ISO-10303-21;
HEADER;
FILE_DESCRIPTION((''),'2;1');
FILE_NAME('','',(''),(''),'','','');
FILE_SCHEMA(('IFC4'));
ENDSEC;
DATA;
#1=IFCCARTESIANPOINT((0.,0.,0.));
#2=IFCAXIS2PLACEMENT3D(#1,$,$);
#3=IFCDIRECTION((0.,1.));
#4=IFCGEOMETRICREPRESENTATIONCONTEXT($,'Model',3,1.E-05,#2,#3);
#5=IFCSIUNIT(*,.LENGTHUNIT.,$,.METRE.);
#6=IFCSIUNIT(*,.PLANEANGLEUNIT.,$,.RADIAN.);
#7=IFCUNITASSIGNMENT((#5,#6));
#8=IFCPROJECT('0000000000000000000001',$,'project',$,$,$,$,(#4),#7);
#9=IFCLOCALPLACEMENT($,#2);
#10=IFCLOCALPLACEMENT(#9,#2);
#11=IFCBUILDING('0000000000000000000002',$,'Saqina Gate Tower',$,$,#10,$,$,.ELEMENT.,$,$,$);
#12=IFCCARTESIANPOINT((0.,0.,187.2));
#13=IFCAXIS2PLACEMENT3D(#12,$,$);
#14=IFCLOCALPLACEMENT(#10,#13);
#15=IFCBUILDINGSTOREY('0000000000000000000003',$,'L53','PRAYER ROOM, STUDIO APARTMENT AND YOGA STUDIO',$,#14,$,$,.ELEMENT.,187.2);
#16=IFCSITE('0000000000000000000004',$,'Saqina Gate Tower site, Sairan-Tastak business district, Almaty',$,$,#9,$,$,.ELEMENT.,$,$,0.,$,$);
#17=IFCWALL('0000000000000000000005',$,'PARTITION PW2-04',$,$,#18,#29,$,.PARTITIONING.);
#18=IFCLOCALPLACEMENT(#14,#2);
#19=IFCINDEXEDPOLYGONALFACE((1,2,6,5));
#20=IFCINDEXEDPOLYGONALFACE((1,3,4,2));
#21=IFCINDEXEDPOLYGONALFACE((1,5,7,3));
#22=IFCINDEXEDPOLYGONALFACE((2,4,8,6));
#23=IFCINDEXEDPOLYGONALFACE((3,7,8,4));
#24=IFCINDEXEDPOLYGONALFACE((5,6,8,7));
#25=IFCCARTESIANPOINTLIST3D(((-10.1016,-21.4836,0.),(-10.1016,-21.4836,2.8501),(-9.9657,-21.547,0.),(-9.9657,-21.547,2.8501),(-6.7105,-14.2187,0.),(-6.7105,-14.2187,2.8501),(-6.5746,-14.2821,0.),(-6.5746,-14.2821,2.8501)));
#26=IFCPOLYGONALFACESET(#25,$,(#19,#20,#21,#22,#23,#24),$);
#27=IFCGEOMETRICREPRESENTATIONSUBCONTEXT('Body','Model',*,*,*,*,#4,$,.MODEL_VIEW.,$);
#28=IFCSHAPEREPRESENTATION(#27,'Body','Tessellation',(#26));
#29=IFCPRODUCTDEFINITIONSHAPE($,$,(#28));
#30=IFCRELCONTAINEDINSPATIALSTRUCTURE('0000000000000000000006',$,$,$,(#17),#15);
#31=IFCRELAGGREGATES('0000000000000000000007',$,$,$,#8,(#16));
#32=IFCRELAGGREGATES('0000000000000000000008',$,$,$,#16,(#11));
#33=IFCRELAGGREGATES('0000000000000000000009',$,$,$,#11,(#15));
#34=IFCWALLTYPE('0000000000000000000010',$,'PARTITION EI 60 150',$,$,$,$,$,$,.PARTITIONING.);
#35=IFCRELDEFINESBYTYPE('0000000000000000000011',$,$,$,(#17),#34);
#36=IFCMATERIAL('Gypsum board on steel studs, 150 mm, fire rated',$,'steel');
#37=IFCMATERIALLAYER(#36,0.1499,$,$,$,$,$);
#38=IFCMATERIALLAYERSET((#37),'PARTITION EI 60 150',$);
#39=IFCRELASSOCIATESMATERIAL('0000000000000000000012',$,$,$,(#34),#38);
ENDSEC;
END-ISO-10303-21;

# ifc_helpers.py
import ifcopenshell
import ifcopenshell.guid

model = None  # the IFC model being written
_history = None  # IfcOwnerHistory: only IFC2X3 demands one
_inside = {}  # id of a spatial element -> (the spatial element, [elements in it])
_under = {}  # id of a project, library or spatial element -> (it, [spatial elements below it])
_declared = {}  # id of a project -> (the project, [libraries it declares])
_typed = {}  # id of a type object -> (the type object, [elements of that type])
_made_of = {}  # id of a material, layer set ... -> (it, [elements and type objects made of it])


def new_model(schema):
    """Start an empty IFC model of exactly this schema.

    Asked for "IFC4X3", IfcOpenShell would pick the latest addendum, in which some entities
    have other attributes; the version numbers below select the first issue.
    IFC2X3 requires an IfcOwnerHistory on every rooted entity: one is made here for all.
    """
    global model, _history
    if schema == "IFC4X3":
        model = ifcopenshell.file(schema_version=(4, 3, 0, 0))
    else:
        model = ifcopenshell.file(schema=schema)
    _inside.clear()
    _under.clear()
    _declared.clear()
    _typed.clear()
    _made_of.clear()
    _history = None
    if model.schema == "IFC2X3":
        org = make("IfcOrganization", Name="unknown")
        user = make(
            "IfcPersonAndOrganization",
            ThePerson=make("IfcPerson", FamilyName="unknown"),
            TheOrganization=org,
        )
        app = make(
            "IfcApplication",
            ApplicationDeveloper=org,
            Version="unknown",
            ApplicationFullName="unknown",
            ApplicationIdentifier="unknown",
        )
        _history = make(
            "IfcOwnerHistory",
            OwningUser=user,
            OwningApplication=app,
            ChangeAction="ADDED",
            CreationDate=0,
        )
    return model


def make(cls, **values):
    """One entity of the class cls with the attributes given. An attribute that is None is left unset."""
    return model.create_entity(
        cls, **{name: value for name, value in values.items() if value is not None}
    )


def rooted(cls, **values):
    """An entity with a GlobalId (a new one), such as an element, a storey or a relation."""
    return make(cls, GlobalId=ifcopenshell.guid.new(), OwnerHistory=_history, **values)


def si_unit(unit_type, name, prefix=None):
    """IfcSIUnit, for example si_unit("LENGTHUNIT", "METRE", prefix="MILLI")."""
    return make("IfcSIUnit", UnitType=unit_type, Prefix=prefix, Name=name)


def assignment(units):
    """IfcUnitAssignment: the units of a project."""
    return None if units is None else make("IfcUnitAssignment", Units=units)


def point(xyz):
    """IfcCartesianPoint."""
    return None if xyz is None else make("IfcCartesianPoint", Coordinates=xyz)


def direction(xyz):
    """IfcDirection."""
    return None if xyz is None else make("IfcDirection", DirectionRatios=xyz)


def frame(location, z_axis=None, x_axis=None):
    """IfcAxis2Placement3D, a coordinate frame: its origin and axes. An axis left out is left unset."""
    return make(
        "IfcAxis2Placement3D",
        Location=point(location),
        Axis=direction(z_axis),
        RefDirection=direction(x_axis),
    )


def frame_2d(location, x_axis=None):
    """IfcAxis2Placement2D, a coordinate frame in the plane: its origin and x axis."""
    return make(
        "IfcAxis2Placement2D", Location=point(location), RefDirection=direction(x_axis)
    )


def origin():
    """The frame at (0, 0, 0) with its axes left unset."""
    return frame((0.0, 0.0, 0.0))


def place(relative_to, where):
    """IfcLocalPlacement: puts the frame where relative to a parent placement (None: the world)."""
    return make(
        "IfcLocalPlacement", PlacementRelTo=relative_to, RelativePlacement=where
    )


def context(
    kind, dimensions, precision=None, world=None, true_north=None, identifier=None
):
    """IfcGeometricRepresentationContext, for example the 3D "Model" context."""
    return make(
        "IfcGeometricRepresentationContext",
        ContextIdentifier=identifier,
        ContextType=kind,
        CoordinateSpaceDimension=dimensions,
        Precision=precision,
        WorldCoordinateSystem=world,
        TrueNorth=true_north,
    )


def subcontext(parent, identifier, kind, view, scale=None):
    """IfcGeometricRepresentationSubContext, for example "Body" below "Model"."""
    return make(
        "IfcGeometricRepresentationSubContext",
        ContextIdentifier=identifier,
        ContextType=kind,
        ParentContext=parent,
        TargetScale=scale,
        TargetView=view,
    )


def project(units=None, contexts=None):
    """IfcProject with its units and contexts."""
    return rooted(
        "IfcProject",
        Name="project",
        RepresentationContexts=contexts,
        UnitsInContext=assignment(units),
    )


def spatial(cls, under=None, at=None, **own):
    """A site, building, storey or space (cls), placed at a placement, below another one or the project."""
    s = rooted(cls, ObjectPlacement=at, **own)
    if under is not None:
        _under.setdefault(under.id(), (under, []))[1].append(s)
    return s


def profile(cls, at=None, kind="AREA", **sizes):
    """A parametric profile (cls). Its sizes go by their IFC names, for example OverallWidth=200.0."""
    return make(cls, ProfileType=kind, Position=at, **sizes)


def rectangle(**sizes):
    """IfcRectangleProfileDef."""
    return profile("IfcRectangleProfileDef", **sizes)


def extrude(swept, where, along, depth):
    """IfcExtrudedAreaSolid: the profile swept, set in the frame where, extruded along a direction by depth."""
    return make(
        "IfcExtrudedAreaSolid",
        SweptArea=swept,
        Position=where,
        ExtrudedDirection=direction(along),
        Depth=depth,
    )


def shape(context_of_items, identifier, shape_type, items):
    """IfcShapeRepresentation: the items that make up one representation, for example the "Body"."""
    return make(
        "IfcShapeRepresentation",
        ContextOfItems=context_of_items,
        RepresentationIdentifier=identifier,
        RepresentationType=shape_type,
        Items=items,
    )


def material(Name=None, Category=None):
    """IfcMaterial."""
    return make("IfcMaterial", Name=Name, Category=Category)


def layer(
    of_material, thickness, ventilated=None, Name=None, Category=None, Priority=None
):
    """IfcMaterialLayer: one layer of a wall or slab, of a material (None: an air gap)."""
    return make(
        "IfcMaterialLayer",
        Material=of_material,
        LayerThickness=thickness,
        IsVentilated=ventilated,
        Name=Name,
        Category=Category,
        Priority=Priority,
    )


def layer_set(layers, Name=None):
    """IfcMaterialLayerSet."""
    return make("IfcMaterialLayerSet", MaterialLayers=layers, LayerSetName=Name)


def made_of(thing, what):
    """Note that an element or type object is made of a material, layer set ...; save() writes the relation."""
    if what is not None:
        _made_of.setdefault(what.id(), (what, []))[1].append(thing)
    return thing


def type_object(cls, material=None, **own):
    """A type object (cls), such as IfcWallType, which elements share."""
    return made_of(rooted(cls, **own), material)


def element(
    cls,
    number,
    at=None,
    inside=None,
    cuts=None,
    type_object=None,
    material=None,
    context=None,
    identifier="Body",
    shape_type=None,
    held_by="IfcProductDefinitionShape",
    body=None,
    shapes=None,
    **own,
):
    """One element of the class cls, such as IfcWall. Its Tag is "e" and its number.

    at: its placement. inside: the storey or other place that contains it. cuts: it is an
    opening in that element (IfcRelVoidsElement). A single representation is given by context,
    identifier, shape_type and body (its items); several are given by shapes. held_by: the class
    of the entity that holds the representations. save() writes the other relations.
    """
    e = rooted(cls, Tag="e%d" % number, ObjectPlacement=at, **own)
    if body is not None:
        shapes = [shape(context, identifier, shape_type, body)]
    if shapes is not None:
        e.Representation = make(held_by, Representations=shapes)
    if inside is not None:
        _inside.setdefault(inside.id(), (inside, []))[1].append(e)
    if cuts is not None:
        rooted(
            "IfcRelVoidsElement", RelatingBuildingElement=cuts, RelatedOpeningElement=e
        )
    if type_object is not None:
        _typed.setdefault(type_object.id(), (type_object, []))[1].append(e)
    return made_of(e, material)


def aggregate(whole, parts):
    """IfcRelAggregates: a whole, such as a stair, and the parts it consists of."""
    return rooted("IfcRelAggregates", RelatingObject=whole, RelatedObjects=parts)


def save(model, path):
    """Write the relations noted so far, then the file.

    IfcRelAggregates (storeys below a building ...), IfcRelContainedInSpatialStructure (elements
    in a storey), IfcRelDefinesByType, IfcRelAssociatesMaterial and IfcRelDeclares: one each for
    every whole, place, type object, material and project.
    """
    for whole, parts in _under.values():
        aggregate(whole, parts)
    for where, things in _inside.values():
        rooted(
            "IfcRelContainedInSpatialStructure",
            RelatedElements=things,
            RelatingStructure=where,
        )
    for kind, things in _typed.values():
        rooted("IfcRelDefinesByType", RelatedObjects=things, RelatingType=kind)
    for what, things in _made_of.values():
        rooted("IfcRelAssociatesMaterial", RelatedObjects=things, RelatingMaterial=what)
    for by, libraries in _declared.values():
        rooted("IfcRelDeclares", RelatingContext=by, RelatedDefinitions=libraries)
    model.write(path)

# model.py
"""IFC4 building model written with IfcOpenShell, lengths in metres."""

from ifc_helpers import new_model, si_unit, direction, frame, frame_2d, origin, place, context, subcontext, project, spatial, rectangle, extrude, material, layer, layer_set, type_object, element, save


model = new_model("IFC4")

# Units and contexts
model_context = context("Model", 3, precision=1e-05, world=origin(), true_north=direction((0.0, 1.0)))
body_context = subcontext(model_context, "Body", "Model", "MODEL_VIEW")
ifc_project = project(units=[si_unit("LENGTHUNIT", "METRE"), si_unit("PLANEANGLEUNIT", "RADIAN")], contexts=[model_context])

# Site, building, storey
site_placement = place(None, origin())
site = spatial("IfcSite", under=ifc_project, at=site_placement, Name="Saqina Gate Tower site, Sairan-Tastak business district, Almaty", CompositionType="ELEMENT", RefElevation=0.0)
building_placement = place(site_placement, origin())
building = spatial("IfcBuilding", under=site, at=building_placement, Name="Saqina Gate Tower", CompositionType="ELEMENT")
storey_placement = place(building_placement, frame((0.0, 0.0, 187.2)))
storey = spatial("IfcBuildingStorey", under=building, at=storey_placement, Name="L53", Description="PRAYER ROOM, STUDIO APARTMENT AND YOGA STUDIO", CompositionType="ELEMENT", Elevation=187.2)

# Wall
ifc_material_1 = material(Name="Gypsum board on steel studs, 150 mm, fire rated", Category="steel")
ifc_layer_1 = layer(ifc_material_1, 0.1499)
ifc_layer_set_1 = layer_set([ifc_layer_1], Name="PARTITION EI 60 150")
wall_type_1 = type_object("IfcWallType", Name="PARTITION EI 60 150", PredefinedType="PARTITIONING", material=ifc_layer_set_1)
wall_1_placement = place(storey_placement, frame((-10.0337, -21.5154, 0.0), z_axis=(0.0, 0.0, 1.0), x_axis=(0.42297, 0.906143, 0.0)))
element("IfcWall", 1, at=wall_1_placement, inside=storey, type_object=wall_type_1, Name="PARTITION PW2-04", PredefinedType="PARTITIONING", context=body_context, shape_type="SweptSolid", body=[
    extrude(rectangle(XDim=8.0173, YDim=0.1499, at=frame_2d((4.0088, 0.0))), origin(), (0.0, 0.0, 1.0), 2.8501),
])

save(model, "model.ifc")
